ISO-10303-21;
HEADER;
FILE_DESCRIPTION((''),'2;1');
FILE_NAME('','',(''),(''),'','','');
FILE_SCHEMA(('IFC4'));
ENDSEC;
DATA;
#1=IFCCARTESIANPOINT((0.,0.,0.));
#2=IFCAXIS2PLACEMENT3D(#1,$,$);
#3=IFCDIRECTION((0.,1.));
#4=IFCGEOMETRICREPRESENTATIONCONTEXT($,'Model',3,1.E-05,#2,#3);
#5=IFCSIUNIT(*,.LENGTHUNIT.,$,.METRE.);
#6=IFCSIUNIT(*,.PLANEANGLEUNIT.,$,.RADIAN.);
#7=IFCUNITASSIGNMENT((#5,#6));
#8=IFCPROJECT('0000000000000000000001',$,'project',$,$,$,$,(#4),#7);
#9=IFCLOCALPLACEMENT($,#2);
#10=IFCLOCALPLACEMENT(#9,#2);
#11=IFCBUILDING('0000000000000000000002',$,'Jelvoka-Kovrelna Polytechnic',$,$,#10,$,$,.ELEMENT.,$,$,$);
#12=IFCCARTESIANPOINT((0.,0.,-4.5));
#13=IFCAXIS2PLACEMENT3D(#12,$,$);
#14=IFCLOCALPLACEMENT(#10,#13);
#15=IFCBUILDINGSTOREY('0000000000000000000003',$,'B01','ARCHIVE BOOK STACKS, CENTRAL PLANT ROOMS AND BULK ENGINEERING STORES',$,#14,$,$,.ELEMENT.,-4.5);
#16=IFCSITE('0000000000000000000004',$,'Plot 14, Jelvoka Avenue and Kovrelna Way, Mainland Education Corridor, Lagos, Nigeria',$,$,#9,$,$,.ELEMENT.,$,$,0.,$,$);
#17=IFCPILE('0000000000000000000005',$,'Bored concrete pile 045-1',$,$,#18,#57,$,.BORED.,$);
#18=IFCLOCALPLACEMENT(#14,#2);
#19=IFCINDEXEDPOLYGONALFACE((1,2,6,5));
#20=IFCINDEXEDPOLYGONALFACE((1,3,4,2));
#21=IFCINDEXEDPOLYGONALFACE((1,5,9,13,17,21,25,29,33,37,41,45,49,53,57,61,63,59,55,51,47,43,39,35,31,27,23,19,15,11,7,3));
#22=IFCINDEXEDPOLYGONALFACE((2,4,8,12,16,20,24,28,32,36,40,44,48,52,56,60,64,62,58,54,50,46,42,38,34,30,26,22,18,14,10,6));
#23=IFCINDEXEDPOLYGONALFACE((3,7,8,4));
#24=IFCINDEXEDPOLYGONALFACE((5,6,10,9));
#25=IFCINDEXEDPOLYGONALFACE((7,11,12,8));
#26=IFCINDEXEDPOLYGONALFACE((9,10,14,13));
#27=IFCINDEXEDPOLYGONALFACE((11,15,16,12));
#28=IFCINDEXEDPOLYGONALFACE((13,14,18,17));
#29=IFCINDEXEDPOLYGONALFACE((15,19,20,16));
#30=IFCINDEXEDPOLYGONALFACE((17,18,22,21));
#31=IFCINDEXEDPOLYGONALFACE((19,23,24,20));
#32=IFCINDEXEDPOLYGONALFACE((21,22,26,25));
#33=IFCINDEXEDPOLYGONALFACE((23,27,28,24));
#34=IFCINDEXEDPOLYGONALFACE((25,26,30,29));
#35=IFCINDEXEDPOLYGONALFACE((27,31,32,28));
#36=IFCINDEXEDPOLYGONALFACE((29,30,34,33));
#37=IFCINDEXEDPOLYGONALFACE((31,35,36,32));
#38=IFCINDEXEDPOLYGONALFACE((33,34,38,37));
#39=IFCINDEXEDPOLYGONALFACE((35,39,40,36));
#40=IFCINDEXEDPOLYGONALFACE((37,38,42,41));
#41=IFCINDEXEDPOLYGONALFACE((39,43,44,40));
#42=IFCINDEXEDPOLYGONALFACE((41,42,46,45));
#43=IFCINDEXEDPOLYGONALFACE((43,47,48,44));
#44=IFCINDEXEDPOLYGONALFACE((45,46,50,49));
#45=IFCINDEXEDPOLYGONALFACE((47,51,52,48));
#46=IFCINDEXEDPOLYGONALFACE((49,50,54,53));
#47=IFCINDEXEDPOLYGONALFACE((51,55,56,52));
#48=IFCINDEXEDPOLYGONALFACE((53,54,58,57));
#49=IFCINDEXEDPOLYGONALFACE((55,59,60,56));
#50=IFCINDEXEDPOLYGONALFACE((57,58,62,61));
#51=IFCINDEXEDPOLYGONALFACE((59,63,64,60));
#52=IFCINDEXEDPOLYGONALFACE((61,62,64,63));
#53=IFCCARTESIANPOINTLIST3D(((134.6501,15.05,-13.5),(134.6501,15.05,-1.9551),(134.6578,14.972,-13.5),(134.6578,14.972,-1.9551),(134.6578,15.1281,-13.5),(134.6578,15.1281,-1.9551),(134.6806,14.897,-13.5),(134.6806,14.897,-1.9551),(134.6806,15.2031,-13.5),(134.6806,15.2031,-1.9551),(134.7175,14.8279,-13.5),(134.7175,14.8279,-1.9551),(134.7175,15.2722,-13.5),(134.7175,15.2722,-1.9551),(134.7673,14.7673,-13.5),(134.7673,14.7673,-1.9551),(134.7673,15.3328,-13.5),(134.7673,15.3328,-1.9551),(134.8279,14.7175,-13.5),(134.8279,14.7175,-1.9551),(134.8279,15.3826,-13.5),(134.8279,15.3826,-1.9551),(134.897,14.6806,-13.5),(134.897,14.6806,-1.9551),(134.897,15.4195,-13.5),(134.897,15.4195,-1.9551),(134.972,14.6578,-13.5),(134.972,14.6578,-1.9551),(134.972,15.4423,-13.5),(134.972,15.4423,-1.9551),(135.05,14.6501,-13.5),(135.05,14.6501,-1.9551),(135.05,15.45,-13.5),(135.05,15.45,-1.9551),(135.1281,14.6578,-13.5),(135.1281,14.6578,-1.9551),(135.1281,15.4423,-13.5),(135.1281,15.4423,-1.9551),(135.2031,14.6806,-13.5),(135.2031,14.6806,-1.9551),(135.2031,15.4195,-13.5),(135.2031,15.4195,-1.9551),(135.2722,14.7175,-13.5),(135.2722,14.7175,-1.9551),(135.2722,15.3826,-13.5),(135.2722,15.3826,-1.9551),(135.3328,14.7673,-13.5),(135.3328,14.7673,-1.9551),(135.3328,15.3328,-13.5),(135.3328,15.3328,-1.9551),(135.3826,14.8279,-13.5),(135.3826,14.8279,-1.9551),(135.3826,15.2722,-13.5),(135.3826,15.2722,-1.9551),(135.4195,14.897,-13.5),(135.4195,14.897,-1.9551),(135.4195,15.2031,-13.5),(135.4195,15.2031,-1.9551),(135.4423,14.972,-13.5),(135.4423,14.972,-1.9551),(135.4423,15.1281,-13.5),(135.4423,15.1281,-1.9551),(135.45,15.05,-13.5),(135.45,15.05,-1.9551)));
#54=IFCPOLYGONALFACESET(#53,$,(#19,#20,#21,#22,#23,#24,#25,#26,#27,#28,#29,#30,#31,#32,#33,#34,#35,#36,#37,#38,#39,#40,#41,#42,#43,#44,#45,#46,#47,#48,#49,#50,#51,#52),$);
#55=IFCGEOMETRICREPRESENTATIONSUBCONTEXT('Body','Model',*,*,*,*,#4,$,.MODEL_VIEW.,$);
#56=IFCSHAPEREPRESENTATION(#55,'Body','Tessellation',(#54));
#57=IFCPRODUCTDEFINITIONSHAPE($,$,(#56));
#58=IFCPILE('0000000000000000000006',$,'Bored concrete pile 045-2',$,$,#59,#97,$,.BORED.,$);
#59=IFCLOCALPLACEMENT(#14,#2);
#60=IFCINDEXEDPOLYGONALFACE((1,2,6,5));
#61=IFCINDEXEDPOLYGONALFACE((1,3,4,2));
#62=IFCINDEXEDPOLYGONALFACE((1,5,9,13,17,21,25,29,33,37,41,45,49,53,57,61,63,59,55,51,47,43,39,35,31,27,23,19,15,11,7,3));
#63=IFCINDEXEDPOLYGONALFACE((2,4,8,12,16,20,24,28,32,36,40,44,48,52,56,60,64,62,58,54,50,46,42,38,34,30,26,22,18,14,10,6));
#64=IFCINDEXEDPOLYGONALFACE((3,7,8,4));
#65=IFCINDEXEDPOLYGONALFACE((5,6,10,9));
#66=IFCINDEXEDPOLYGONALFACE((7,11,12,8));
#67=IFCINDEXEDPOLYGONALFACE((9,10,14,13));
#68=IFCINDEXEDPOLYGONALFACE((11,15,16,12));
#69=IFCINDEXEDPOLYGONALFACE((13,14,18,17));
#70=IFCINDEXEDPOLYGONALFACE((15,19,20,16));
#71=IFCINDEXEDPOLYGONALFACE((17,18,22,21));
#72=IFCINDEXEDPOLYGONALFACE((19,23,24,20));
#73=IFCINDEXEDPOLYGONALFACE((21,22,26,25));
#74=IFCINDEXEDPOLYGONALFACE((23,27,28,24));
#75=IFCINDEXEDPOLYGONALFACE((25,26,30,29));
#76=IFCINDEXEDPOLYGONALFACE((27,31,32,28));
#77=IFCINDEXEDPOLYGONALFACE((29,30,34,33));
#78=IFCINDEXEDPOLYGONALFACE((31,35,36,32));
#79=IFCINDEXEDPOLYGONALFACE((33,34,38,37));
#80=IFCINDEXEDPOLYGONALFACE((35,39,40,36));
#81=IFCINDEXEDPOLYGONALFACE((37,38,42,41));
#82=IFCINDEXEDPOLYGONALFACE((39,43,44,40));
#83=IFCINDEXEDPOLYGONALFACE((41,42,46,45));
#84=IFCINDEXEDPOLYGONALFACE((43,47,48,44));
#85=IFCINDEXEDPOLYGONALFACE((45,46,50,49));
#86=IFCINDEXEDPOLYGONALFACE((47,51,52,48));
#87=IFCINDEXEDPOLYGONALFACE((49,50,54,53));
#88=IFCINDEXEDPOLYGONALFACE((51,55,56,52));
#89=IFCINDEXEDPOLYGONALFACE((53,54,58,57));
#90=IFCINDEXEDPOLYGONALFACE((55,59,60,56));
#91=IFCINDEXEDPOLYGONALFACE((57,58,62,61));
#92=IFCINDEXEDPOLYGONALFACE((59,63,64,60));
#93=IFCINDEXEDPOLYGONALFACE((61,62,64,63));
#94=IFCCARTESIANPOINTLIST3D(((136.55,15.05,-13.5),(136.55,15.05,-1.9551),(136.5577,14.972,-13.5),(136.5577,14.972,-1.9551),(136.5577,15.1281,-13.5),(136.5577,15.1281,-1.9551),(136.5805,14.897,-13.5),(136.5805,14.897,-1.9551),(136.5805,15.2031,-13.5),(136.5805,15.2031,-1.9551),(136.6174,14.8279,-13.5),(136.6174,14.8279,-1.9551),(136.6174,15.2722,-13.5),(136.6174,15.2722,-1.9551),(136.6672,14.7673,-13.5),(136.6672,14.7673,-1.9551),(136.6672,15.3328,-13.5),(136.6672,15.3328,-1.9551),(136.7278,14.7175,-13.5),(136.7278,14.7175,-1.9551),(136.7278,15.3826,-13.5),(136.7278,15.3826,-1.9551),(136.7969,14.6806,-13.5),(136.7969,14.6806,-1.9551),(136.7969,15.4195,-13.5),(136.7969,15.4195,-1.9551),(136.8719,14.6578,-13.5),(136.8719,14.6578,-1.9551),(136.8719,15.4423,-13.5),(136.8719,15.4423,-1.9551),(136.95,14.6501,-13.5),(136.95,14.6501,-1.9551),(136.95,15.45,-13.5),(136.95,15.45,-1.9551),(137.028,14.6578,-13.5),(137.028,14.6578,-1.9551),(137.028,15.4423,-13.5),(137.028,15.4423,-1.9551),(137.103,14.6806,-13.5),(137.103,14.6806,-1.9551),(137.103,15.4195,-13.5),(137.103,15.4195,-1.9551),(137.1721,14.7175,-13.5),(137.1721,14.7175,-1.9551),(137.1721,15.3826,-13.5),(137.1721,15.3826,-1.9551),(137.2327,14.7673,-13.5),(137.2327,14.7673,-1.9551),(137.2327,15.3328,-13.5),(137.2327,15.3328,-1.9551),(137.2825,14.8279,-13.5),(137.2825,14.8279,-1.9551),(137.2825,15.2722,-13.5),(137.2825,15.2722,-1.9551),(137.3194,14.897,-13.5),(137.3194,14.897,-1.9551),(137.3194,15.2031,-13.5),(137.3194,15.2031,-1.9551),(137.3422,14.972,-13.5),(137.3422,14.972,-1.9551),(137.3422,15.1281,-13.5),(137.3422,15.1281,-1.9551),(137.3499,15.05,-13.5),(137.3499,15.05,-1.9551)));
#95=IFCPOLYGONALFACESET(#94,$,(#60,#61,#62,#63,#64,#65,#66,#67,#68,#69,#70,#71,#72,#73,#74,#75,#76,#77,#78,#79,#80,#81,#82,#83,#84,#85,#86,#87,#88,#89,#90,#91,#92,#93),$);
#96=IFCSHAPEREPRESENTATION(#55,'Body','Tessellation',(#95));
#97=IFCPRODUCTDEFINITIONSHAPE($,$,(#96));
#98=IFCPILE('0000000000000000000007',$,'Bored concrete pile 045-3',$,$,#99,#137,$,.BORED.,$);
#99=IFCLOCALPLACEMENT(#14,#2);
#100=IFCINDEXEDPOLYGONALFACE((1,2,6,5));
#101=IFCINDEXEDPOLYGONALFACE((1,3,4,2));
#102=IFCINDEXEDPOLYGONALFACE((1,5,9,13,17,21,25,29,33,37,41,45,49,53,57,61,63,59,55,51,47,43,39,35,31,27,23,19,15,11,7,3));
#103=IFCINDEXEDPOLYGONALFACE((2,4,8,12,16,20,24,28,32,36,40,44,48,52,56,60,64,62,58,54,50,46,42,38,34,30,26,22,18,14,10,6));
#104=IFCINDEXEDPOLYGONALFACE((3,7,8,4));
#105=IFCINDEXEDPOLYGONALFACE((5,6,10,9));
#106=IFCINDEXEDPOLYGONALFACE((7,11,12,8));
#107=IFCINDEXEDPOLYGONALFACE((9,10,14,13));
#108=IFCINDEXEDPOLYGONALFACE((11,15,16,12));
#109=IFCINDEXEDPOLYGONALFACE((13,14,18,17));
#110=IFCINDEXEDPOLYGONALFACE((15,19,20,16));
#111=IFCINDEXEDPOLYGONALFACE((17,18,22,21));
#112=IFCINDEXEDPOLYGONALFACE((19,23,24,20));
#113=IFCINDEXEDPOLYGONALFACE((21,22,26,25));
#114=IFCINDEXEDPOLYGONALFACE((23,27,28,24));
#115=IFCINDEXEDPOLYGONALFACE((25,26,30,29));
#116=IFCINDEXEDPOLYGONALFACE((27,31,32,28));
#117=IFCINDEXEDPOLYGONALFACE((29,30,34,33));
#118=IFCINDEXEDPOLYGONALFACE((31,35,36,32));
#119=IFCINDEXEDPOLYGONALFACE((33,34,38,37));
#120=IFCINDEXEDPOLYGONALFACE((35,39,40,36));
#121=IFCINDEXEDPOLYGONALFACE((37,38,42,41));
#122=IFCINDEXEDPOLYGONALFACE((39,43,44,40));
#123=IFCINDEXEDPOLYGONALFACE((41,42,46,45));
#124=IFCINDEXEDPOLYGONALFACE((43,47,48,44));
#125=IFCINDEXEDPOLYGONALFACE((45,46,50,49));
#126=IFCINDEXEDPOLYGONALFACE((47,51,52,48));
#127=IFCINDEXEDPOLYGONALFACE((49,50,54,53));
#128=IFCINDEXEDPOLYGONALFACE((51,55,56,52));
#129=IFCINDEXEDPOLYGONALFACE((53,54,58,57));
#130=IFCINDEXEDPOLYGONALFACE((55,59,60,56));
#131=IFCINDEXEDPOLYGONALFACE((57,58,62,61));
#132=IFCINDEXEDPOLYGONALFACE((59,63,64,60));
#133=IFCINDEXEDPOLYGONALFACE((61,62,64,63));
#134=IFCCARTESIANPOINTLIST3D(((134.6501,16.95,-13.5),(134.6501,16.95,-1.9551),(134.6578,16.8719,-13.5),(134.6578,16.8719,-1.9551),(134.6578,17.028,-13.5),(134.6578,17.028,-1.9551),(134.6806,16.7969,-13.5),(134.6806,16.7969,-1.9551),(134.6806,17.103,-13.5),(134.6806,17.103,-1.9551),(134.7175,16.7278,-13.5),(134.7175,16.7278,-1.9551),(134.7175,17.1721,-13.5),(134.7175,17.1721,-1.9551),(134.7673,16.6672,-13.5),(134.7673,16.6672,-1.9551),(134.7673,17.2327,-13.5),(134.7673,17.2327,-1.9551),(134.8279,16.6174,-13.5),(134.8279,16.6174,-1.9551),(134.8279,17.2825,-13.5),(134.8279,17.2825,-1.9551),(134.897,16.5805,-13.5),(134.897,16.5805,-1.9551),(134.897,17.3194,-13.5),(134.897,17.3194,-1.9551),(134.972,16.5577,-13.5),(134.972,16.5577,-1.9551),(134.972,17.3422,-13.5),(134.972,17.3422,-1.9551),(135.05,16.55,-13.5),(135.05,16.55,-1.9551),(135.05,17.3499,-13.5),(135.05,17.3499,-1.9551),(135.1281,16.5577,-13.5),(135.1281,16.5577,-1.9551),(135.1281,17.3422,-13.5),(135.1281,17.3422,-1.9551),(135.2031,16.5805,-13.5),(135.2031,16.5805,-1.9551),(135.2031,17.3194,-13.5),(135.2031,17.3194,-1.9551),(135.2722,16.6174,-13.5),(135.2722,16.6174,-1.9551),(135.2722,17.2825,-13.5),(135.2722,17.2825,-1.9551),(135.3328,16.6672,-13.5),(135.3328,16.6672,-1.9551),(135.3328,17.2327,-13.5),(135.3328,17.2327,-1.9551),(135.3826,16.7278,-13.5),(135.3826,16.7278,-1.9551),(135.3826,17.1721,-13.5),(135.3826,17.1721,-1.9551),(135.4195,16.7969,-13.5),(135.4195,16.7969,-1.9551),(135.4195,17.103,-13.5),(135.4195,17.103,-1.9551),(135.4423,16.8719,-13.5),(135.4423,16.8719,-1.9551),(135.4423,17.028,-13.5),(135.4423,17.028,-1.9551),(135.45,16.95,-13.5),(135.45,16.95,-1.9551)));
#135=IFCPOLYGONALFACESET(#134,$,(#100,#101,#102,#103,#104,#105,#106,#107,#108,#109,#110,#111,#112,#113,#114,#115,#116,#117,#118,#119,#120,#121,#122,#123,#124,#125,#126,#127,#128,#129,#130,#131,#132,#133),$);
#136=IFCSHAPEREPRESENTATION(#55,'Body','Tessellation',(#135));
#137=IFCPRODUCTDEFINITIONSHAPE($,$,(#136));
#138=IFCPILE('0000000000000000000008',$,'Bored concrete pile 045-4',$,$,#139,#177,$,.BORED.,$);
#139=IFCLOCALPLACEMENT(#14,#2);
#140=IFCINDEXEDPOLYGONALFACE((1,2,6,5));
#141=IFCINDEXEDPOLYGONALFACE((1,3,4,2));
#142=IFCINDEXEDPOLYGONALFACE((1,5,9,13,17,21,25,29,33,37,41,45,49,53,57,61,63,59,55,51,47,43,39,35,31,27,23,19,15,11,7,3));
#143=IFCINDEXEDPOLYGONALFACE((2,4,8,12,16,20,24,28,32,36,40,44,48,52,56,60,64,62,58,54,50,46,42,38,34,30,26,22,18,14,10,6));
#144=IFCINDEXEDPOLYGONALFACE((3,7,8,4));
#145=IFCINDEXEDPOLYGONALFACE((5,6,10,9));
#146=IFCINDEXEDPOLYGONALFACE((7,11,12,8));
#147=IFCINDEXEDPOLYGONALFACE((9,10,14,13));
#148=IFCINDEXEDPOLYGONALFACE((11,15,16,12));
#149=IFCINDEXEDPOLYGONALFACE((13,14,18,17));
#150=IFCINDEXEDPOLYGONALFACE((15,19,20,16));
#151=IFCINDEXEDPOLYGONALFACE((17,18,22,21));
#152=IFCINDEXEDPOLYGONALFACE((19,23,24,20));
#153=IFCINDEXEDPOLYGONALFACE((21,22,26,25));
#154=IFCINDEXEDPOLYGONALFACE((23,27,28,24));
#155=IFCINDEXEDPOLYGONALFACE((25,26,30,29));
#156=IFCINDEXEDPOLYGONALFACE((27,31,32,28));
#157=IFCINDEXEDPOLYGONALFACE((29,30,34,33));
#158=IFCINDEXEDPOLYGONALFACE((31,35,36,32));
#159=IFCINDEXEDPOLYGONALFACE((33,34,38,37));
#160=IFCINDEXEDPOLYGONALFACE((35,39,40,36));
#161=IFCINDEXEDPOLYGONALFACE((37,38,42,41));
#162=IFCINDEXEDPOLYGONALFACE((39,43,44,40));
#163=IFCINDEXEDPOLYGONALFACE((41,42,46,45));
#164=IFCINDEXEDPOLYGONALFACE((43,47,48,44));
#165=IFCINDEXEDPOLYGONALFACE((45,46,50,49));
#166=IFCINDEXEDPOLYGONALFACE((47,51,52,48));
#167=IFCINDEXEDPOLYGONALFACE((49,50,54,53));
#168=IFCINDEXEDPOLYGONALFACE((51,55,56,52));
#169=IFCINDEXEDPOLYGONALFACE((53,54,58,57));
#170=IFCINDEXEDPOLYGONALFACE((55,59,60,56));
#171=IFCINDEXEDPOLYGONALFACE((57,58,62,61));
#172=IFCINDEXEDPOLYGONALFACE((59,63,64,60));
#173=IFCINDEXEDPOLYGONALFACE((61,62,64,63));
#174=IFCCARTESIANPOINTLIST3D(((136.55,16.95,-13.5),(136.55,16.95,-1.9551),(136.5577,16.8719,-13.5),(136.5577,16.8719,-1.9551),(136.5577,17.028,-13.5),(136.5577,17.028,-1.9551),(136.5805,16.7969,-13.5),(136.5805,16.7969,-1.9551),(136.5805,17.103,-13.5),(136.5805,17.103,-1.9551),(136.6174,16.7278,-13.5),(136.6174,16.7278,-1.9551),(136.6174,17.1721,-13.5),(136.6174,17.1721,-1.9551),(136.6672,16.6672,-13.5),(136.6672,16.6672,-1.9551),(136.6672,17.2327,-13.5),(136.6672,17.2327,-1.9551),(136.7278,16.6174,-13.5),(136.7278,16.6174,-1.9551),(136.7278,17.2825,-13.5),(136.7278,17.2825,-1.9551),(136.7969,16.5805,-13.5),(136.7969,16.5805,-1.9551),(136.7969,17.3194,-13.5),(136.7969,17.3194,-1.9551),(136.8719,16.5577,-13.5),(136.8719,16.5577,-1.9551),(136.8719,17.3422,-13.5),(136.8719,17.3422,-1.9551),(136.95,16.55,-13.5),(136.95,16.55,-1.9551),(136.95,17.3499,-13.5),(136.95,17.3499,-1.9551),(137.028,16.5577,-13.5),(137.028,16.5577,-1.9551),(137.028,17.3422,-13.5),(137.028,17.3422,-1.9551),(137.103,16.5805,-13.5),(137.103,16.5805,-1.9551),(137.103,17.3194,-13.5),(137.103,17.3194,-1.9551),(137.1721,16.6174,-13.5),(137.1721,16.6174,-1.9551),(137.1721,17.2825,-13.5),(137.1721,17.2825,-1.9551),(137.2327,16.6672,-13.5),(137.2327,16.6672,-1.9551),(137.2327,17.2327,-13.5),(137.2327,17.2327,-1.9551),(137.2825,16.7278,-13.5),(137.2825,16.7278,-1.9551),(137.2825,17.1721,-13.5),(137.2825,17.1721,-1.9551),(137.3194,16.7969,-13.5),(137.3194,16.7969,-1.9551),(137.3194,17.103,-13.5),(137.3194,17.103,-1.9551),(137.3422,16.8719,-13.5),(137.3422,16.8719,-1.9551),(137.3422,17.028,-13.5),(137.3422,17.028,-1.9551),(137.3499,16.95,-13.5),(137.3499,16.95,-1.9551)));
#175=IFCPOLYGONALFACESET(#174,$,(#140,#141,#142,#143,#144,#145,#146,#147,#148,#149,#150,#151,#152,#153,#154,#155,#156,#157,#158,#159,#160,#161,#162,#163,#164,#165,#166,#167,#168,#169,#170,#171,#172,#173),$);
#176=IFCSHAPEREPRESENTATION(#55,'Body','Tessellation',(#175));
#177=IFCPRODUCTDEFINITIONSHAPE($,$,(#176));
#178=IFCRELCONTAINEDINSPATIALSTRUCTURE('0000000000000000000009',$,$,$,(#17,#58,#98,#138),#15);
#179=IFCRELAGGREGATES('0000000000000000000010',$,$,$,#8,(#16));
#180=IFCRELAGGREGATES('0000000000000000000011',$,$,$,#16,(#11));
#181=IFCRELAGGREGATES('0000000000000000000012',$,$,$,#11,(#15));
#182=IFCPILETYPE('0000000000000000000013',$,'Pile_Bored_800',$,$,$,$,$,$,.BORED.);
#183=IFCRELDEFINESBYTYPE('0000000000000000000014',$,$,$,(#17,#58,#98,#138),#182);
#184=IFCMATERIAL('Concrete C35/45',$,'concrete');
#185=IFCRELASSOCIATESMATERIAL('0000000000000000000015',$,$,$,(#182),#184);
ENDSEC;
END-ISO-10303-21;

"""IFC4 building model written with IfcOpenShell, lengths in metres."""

from ifc_helpers import new_model, si_unit, direction, frame, origin, origin_2d, place, context, subcontext, project, spatial, circle, extrude, material, material_profile, profile_set, type_object, element, save


model = new_model("IFC4")

# Units and contexts
model_context = context("Model", 3, precision=1e-05, world=origin(), true_north=direction((0.0, 1.0)))
body_context = subcontext(model_context, "Body", "Model", "MODEL_VIEW")
ifc_project = project(units=[si_unit("LENGTHUNIT", "METRE"), si_unit("PLANEANGLEUNIT", "RADIAN")], contexts=[model_context])

# Site, building, storey
site_placement = place(None, origin())
site = spatial("IfcSite", under=ifc_project, at=site_placement, Name="Plot 14, Jelvoka Avenue and Kovrelna Way, Mainland Education Corridor, Lagos, Nigeria", CompositionType="ELEMENT", RefElevation=0.0)
building_placement = place(site_placement, origin())
building = spatial("IfcBuilding", under=site, at=building_placement, Name="Jelvoka-Kovrelna Polytechnic", CompositionType="ELEMENT")
storey_placement = place(building_placement, frame((0.0, 0.0, -4.5)))
storey = spatial("IfcBuildingStorey", under=building, at=storey_placement, Name="B01", Description="ARCHIVE BOOK STACKS, CENTRAL PLANT ROOMS AND BULK ENGINEERING STORES", CompositionType="ELEMENT", Elevation=-4.5)

# Piles
ifc_material_1 = material(Name="Concrete C35/45", Category="concrete")
ifc_material_profile_1 = material_profile(ifc_material_1, circle(Radius=0.3999, at=origin_2d()), Name="PILE D800")
ifc_profile_set_1 = profile_set([ifc_material_profile_1], Name="Concrete C35/45")
pile_type = type_object("IfcPileType", Name="Pile_Bored_800", PredefinedType="BORED", material=ifc_profile_set_1)
for number, where, z_axis, x_axis, name in (
    (1, (135.05, 15.05, -1.9551), (0.0, 0.0, -1.0), (1.0, 0.0, 0.0), "Bored concrete pile 045-1"),
    (2, (136.95, 15.05, -1.9551), (0.0, 0.0, -1.0), (1.0, 0.0, 0.0), "Bored concrete pile 045-2"),
    (3, (135.05, 16.95, -1.9551), (0.0, 0.0, -1.0), (1.0, 0.0, 0.0), "Bored concrete pile 045-3"),
    (4, (136.95, 16.95, -1.9551), (0.0, 0.0, -1.0), (1.0, 0.0, 0.0), "Bored concrete pile 045-4"),
):
    element("IfcPile", number, at=place(storey_placement, frame(where, z_axis=z_axis, x_axis=x_axis)), inside=storey, type_object=pile_type, Name=name, PredefinedType="BORED", context=body_context, shape_type="SweptSolid", body=[
        extrude(circle(Radius=0.3999, at=origin_2d()), origin(), (0.0, 0.0, 1.0), 11.5449),
    ])

save(model, "model.ifc")
